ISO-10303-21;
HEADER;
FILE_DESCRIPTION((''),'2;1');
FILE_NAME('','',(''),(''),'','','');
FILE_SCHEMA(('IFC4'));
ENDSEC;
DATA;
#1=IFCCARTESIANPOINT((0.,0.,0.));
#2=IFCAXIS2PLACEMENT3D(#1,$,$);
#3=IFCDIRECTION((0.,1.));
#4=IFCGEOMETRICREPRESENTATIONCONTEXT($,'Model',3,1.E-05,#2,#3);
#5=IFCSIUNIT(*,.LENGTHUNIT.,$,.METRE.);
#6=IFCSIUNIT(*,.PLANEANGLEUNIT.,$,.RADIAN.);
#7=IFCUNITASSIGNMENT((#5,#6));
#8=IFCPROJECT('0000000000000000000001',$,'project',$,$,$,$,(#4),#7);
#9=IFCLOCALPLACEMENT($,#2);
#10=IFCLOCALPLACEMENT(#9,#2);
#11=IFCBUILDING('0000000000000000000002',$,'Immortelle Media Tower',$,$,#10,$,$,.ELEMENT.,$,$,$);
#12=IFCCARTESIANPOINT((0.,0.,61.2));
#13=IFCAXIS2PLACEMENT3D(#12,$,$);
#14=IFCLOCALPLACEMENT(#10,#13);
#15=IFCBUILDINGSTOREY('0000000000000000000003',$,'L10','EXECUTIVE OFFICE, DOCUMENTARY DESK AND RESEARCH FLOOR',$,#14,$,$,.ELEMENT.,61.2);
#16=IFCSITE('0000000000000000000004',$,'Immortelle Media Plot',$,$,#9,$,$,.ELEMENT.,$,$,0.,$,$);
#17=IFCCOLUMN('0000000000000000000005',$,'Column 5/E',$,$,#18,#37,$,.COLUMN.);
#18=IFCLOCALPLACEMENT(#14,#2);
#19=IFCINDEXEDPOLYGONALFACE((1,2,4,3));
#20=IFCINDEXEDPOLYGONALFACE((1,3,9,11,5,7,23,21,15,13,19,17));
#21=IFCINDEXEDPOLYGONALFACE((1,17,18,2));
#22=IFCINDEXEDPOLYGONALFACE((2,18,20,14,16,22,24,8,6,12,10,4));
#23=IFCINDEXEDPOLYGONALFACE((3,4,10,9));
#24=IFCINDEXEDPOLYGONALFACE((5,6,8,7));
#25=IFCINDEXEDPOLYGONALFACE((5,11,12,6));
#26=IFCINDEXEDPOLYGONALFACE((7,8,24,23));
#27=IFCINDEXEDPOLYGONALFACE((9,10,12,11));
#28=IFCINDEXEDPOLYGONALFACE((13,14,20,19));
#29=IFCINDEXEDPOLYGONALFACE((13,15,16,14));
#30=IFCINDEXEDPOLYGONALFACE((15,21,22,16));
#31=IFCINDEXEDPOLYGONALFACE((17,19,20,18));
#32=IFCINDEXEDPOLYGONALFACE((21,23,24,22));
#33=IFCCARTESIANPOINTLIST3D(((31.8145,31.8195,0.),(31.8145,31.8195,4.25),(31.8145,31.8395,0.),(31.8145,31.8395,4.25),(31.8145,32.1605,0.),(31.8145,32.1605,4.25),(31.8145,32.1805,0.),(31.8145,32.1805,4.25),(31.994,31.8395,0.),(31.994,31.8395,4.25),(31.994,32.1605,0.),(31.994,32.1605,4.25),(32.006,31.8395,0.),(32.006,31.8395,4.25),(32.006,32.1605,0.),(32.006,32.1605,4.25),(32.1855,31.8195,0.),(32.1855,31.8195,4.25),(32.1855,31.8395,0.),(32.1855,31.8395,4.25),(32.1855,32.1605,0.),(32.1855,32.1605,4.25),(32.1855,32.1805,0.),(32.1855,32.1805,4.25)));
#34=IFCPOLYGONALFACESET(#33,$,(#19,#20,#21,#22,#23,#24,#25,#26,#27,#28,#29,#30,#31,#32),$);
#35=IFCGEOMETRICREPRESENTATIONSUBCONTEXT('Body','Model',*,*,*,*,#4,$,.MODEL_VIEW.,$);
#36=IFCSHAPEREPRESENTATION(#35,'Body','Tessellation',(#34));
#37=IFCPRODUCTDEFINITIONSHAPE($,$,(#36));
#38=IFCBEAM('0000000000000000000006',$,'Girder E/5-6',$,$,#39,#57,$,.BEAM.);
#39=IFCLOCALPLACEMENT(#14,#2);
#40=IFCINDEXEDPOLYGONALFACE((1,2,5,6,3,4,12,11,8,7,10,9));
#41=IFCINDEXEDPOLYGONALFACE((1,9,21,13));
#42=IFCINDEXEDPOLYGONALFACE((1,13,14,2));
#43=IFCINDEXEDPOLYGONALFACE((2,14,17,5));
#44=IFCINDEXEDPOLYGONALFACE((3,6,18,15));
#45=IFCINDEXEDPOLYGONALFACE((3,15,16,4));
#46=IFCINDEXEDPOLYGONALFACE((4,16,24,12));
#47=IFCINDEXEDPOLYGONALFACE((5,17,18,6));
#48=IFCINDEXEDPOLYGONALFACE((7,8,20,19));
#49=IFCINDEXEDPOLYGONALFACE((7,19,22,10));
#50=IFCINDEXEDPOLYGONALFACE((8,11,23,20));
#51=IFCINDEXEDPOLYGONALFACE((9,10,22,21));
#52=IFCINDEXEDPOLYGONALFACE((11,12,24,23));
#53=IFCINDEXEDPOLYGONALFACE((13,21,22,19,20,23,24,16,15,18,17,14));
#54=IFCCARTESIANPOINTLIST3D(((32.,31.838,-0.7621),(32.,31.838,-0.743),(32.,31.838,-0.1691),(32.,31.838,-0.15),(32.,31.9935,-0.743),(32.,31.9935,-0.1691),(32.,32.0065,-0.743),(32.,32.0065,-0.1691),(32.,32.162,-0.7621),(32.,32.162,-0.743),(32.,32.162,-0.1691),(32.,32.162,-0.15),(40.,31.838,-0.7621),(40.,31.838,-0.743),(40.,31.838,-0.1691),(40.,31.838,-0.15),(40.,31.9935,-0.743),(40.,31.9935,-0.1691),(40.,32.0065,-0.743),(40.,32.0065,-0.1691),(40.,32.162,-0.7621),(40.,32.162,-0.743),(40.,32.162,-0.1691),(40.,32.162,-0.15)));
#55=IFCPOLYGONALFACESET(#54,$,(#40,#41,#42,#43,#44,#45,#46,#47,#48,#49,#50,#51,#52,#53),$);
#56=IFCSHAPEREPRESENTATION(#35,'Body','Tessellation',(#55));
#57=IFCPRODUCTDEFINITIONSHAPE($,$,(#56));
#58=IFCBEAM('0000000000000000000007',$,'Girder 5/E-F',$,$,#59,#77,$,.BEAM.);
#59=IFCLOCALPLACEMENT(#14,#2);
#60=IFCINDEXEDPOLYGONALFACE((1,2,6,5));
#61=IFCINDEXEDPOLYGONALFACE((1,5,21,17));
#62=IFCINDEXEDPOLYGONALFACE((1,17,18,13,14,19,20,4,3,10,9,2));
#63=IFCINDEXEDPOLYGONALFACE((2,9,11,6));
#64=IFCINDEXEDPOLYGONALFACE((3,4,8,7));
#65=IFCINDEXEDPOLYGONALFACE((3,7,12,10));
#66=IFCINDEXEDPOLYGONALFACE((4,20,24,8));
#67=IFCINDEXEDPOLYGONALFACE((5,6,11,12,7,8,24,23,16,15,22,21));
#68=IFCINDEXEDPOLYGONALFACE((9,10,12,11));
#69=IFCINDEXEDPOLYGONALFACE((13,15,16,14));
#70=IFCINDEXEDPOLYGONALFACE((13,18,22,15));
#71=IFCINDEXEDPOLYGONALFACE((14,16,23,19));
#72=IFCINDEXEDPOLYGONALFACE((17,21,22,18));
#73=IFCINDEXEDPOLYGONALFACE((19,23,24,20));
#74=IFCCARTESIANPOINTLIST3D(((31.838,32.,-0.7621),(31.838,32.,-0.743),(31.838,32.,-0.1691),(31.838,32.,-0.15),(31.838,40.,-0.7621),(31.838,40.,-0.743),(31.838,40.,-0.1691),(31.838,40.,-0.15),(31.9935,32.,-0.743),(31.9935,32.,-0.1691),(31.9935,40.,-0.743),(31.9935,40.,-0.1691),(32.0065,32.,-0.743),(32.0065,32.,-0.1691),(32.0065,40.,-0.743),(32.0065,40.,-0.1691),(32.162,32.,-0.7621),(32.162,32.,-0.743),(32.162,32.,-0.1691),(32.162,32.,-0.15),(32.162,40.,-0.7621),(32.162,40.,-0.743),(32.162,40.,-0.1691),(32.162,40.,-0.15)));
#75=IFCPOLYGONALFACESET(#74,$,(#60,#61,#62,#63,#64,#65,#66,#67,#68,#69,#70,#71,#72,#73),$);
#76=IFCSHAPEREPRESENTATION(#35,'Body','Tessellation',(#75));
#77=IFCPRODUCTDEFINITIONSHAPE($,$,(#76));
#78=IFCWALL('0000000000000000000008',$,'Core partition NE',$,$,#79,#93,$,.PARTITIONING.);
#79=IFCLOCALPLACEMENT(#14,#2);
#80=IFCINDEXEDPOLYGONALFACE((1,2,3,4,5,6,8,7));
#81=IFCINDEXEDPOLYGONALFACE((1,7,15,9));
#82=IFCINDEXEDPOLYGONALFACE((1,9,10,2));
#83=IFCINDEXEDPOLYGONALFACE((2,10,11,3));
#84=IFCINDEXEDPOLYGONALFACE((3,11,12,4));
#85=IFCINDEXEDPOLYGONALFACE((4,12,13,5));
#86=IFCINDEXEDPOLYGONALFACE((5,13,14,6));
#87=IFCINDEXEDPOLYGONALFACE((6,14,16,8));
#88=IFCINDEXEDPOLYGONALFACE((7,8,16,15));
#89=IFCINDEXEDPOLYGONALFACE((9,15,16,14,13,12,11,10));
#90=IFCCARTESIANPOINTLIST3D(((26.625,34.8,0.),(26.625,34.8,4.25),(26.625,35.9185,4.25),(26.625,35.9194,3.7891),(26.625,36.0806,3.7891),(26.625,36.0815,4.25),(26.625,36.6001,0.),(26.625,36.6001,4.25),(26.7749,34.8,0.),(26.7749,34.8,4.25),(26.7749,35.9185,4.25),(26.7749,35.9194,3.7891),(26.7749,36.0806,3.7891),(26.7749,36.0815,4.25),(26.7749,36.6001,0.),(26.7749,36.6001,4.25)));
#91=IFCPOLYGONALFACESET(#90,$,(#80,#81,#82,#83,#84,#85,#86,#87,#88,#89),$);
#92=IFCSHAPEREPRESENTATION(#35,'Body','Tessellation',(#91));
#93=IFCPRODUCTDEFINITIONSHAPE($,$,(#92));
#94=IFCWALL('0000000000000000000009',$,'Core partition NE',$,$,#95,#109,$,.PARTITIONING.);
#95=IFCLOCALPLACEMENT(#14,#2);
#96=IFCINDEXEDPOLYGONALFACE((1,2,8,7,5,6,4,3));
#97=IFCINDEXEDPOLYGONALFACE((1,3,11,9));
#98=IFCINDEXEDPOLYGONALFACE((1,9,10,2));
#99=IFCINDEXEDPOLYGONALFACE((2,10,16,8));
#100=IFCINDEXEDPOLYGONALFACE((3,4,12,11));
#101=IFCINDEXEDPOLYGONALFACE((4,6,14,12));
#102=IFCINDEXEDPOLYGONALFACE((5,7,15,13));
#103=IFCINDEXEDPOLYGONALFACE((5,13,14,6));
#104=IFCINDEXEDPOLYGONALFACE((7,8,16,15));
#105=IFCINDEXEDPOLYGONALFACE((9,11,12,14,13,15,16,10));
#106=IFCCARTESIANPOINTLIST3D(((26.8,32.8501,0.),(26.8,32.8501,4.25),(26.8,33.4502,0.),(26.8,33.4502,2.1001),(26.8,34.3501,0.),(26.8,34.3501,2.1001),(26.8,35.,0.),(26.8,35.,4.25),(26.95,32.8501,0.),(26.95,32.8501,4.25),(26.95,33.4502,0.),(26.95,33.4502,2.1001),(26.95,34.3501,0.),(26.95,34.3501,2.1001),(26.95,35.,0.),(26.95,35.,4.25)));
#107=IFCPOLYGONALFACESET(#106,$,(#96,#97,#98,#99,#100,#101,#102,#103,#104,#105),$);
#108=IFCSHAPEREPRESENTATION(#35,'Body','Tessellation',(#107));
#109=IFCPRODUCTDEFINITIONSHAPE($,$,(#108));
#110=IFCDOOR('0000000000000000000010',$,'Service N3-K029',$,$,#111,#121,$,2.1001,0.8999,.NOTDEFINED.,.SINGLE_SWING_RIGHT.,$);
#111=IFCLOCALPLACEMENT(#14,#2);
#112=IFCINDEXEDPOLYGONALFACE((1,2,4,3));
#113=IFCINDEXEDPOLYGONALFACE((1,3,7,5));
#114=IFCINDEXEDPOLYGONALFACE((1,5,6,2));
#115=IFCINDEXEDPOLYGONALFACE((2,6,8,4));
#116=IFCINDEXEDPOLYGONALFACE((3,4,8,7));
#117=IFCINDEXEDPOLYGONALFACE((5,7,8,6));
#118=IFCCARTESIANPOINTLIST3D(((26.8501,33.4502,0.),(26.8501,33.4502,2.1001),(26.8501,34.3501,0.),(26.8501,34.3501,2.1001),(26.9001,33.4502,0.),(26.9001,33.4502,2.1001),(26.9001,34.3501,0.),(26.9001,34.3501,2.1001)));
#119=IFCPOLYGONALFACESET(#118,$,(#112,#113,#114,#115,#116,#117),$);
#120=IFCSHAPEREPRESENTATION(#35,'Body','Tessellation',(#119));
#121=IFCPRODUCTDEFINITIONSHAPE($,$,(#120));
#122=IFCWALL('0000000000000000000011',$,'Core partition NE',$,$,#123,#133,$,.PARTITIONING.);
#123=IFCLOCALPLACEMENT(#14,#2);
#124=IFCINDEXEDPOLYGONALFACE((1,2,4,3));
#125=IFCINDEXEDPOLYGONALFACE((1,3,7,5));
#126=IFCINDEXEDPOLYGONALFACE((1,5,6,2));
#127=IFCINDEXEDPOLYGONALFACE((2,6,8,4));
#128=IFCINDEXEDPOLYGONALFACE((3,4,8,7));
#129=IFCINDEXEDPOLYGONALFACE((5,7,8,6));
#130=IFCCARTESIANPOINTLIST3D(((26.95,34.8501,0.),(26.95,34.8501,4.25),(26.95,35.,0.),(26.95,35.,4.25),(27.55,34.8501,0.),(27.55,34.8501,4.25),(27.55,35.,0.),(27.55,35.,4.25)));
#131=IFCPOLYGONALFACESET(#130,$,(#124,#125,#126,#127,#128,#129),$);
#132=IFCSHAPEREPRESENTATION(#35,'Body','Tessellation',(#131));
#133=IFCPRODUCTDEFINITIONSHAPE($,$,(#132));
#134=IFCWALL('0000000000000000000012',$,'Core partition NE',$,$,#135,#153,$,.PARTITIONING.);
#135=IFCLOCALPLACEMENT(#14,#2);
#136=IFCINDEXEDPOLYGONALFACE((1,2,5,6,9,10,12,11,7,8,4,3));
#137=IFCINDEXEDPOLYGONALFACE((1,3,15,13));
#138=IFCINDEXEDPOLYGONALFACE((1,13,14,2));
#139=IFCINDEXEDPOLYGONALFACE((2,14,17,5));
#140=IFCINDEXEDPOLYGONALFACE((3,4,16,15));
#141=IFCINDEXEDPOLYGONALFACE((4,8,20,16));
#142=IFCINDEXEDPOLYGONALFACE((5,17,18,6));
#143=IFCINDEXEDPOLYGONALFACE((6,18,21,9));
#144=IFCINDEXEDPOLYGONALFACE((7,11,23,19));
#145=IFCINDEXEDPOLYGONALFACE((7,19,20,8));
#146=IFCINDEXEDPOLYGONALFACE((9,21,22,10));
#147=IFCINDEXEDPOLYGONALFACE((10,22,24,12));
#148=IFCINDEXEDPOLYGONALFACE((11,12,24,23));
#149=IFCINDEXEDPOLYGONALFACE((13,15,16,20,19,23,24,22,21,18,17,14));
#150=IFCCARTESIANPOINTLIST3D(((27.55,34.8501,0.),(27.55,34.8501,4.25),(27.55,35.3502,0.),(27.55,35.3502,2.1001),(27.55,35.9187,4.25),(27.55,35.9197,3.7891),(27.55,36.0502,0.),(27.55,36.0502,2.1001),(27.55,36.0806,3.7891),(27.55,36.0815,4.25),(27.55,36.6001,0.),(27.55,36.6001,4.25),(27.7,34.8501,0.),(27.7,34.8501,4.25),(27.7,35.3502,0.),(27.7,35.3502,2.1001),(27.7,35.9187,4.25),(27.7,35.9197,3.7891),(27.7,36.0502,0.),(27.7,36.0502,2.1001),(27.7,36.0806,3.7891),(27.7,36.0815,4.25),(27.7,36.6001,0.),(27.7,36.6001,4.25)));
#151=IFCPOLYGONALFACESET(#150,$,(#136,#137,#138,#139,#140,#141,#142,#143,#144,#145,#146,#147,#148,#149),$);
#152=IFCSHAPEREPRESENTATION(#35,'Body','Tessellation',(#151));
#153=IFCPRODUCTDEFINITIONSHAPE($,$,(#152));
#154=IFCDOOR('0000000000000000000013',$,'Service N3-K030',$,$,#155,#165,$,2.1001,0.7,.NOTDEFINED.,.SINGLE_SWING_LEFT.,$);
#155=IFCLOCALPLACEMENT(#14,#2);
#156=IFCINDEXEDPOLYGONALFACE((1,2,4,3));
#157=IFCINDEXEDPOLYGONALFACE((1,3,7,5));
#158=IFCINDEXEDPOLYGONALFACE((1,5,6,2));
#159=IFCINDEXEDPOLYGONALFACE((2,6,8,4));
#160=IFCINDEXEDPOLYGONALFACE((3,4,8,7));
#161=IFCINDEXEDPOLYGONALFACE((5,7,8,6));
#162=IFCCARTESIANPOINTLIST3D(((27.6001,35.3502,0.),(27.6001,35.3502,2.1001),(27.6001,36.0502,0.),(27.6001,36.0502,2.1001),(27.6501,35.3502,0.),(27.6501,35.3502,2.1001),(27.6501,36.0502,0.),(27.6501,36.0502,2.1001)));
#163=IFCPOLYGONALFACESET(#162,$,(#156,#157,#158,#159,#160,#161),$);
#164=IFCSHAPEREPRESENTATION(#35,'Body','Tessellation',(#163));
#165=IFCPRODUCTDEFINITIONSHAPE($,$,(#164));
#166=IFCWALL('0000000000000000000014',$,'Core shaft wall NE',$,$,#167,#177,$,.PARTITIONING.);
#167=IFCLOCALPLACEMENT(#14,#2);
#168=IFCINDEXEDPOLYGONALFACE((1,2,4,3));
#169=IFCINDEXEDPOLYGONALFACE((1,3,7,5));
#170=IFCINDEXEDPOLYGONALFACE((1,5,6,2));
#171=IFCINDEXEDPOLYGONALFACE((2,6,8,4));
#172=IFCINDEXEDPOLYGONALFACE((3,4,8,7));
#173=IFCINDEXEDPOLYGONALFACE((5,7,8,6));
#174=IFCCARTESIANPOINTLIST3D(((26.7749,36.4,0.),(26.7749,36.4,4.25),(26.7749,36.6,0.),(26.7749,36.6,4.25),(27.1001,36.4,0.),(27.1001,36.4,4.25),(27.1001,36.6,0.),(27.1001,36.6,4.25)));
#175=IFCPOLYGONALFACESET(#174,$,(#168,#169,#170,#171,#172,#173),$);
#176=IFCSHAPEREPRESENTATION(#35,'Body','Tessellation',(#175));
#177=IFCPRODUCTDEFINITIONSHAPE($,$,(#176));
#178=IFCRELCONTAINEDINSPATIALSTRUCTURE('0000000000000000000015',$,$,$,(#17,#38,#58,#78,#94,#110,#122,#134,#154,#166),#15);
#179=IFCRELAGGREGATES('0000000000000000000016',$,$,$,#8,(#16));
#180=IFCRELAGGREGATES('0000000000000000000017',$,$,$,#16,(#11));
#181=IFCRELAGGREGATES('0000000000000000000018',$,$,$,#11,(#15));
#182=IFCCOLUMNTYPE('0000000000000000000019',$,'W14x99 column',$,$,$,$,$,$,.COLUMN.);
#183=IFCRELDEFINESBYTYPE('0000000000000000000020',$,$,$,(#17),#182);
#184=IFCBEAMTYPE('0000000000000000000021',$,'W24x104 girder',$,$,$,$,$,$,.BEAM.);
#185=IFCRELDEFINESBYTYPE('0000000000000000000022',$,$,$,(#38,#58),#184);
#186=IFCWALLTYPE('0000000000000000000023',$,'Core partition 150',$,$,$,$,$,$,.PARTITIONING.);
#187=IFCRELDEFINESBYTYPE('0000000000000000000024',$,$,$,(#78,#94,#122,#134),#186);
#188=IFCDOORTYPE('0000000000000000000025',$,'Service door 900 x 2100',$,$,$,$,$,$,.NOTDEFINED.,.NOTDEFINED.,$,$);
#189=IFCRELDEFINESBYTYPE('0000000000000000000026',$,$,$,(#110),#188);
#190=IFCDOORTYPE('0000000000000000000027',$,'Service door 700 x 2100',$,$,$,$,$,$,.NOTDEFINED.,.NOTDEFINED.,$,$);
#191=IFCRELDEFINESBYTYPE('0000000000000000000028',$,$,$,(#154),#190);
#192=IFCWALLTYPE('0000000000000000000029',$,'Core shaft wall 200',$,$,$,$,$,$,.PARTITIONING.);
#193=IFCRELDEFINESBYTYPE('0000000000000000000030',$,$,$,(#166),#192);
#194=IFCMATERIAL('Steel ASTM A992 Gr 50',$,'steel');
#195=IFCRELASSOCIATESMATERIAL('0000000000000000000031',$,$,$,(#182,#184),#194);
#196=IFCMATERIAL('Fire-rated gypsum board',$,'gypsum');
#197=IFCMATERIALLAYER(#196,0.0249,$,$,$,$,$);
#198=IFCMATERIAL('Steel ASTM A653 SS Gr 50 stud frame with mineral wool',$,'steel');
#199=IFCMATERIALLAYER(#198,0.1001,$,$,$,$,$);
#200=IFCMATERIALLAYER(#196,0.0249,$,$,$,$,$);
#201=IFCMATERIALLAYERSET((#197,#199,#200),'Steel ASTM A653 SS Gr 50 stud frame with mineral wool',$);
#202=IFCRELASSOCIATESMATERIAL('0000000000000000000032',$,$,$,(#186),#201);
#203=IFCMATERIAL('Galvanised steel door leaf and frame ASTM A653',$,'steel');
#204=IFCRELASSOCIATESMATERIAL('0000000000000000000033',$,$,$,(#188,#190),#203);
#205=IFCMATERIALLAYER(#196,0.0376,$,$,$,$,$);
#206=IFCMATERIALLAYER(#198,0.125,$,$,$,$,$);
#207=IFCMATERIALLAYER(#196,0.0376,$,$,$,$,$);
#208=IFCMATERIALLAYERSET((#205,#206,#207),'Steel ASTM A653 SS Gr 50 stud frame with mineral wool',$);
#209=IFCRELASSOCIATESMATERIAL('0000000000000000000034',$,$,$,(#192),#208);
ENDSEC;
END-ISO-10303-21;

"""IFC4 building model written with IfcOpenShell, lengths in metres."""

from ifc_helpers import new_model, si_unit, direction, frame, frame_2d, origin, origin_2d, place, context, subcontext, project, spatial, polyline, rectangle, i_section, outline, extrude, material, layer, layer_set, material_profile, profile_set, type_object, element, fill, save


model = new_model("IFC4")

# Units and contexts
model_context = context("Model", 3, precision=1e-05, world=origin(), true_north=direction((0.0, 1.0)))
body_context = subcontext(model_context, "Body", "Model", "MODEL_VIEW")
ifc_project = project(units=[si_unit("LENGTHUNIT", "METRE"), si_unit("PLANEANGLEUNIT", "RADIAN")], contexts=[model_context])

# Site, building, storey
site_placement = place(None, origin())
site = spatial("IfcSite", under=ifc_project, at=site_placement, Name="Immortelle Media Plot", CompositionType="ELEMENT", RefElevation=0.0)
building_placement = place(site_placement, origin())
building = spatial("IfcBuilding", under=site, at=building_placement, Name="Immortelle Media Tower", CompositionType="ELEMENT")
storey_placement = place(building_placement, frame((0.0, 0.0, 61.2)))
storey = spatial("IfcBuildingStorey", under=building, at=storey_placement, Name="L10", Description="EXECUTIVE OFFICE, DOCUMENTARY DESK AND RESEARCH FLOOR", CompositionType="ELEMENT", Elevation=61.2)

# Column
ifc_material_1 = material(Name="Steel ASTM A992 Gr 50", Category="steel")
ifc_material_profile_1 = material_profile(ifc_material_1, i_section(OverallWidth=0.3711, OverallDepth=0.3611, WebThickness=0.012, FlangeThickness=0.02, at=origin_2d()), Name="W14x99")
ifc_profile_set_1 = profile_set([ifc_material_profile_1], Name="Steel ASTM A992 Gr 50")
column_type = type_object("IfcColumnType", Name="W14x99 column", PredefinedType="COLUMN", material=ifc_profile_set_1)
column_placement = place(storey_placement, frame((32.0, 32.0, 0.0), z_axis=(0.0, 0.0, 1.0), x_axis=(1.0, 0.0, 0.0)))
element("IfcColumn", 1, at=column_placement, inside=storey, type_object=column_type, Name="Column 5/E", PredefinedType="COLUMN", context=body_context, shape_type="SweptSolid", body=[
    extrude(i_section(OverallWidth=0.3711, OverallDepth=0.3611, WebThickness=0.012, FlangeThickness=0.02, at=origin_2d()), origin(), (0.0, 0.0, 1.0), 4.25),
])

# Beams
ifc_material_profile_2 = material_profile(ifc_material_1, i_section(OverallWidth=0.324, OverallDepth=0.6121, WebThickness=0.0129, FlangeThickness=0.019, at=origin_2d()), Name="W24x104")
ifc_profile_set_2 = profile_set([ifc_material_profile_2], Name="Steel ASTM A992 Gr 50")
beam_type = type_object("IfcBeamType", Name="W24x104 girder", PredefinedType="BEAM", material=ifc_profile_set_2)
for number, where, z_axis, x_axis, name in (
    (2, (32.0, 32.0, -0.4561), (1.0, 0.0, 0.0), (0.0, 1.0, 0.0), "Girder E/5-6"),
    (3, (32.0, 32.0, -0.4561), (0.0, 1.0, 0.0), (-1.0, 0.0, 0.0), "Girder 5/E-F"),
):
    element("IfcBeam", number, at=place(storey_placement, frame(where, z_axis=z_axis, x_axis=x_axis)), inside=storey, type_object=beam_type, Name=name, PredefinedType="BEAM", context=body_context, shape_type="SweptSolid", body=[
        extrude(i_section(OverallWidth=0.324, OverallDepth=0.6121, WebThickness=0.0129, FlangeThickness=0.019, at=origin_2d()), origin(), (0.0, 0.0, 1.0), 8.0),
    ])

# Wall
ifc_material_2 = material(Name="Fire-rated gypsum board", Category="gypsum")
ifc_layer_1 = layer(ifc_material_2, 0.0249)
ifc_material_3 = material(Name="Steel ASTM A653 SS Gr 50 stud frame with mineral wool", Category="steel")
ifc_layer_2 = layer(ifc_material_3, 0.1001)
ifc_layer_3 = layer(ifc_material_2, 0.0249)
ifc_layer_set_1 = layer_set([ifc_layer_1, ifc_layer_2, ifc_layer_3], Name="Steel ASTM A653 SS Gr 50 stud frame with mineral wool")
wall_type_1 = type_object("IfcWallType", Name="Core partition 150", PredefinedType="PARTITIONING", material=ifc_layer_set_1)
wall_1_placement = place(storey_placement, frame((26.7, 34.8, 0.0), z_axis=(0.0, 0.0, 1.0), x_axis=(0.0, 1.0, 0.0)))
element("IfcWall", 4, at=wall_1_placement, inside=storey, type_object=wall_type_1, Name="Core partition NE", PredefinedType="PARTITIONING", context=body_context, shape_type="SweptSolid", body=[
    extrude(outline(polyline([(0.0, 0.0), (1.8, 0.0), (1.8, 4.25), (1.2815, 4.25), (1.2805, 3.7891), (1.1194, 3.7891), (1.1184, 4.25), (0.0, 4.25), (0.0, 0.0)])), frame((0.0, 0.075, 0.0), z_axis=(0.0, -1.0, 0.0), x_axis=(1.0, 0.0, 0.0)), (0.0, 0.0, 1.0), 0.1499),
])

# Wall, opening, door
wall_2_placement = place(storey_placement, frame((26.875, 32.8501, 0.0), z_axis=(0.0, 0.0, 1.0), x_axis=(0.0, 1.0, 0.0)))
wall_2 = element("IfcWall", 5, at=wall_2_placement, inside=storey, type_object=wall_type_1, Name="Core partition NE", PredefinedType="PARTITIONING", context=body_context, shape_type="SweptSolid", body=[
    extrude(rectangle(XDim=2.1499, YDim=0.1499, at=frame_2d((1.075, 0.0))), origin(), (0.0, 0.0, 1.0), 4.25),
])
opening_1_placement = place(wall_2_placement, frame((0.6001, 0.0, 0.0)))
opening_1 = element("IfcOpeningElement", 6, at=opening_1_placement, cuts=wall_2, PredefinedType="OPENING", context=body_context, shape_type="SweptSolid", body=[
    extrude(rectangle(XDim=0.8999, YDim=2.1001, at=frame_2d((0.45, 1.05))), frame((0.0, 0.085, 0.0), z_axis=(0.0, -1.0, 0.0), x_axis=(1.0, 0.0, 0.0)), (0.0, 0.0, 1.0), 0.1699),
])
ifc_material_4 = material(Name="Galvanised steel door leaf and frame ASTM A653", Category="steel")
door_type_1 = type_object("IfcDoorType", Name="Service door 900 x 2100", OperationType="NOTDEFINED", PredefinedType="NOTDEFINED", material=ifc_material_4)
door_1_placement = place(opening_1_placement, origin())
door_1 = element("IfcDoor", 7, at=door_1_placement, inside=storey, type_object=door_type_1, Name="Service N3-K029", OperationType="SINGLE_SWING_RIGHT", OverallHeight=2.1001, OverallWidth=0.8999, PredefinedType="NOTDEFINED", context=body_context, shape_type="SweptSolid", body=[
    extrude(rectangle(XDim=0.8999, YDim=2.1001, at=frame_2d((0.45, 1.05))), frame((0.0, 0.0249, 0.0), z_axis=(0.0, -1.0, 0.0), x_axis=(1.0, 0.0, 0.0)), (0.0, 0.0, 1.0), 0.05),
])
fill(opening_1, door_1)

# Wall
wall_3_placement = place(storey_placement, frame((26.95, 34.925, 0.0), z_axis=(0.0, 0.0, 1.0), x_axis=(1.0, 0.0, 0.0)))
element("IfcWall", 8, at=wall_3_placement, inside=storey, type_object=wall_type_1, Name="Core partition NE", PredefinedType="PARTITIONING", context=body_context, shape_type="SweptSolid", body=[
    extrude(rectangle(XDim=0.6001, YDim=0.1499, at=frame_2d((0.3, 0.0))), origin(), (0.0, 0.0, 1.0), 4.25),
])

# Wall, opening, door
wall_4_placement = place(storey_placement, frame((27.625, 34.8501, 0.0), z_axis=(0.0, 0.0, 1.0), x_axis=(0.0, 1.0, 0.0)))
wall_4 = element("IfcWall", 9, at=wall_4_placement, inside=storey, type_object=wall_type_1, Name="Core partition NE", PredefinedType="PARTITIONING", context=body_context, shape_type="SweptSolid", body=[
    extrude(outline(polyline([(0.0, 0.0), (1.75, 0.0), (1.75, 4.25), (1.2314, 4.25), (1.2305, 3.7891), (1.0696, 3.7891), (1.0686, 4.25), (0.0, 4.25), (0.0, 0.0)])), frame((0.0, 0.075, 0.0), z_axis=(0.0, -1.0, 0.0), x_axis=(1.0, 0.0, 0.0)), (0.0, 0.0, 1.0), 0.1499),
])
opening_2_placement = place(wall_4_placement, frame((0.5, 0.0, 0.0)))
opening_2 = element("IfcOpeningElement", 10, at=opening_2_placement, cuts=wall_4, PredefinedType="OPENING", context=body_context, shape_type="SweptSolid", body=[
    extrude(rectangle(XDim=0.7, YDim=2.1001, at=frame_2d((0.3501, 1.05))), frame((0.0, 0.085, 0.0), z_axis=(0.0, -1.0, 0.0), x_axis=(1.0, 0.0, 0.0)), (0.0, 0.0, 1.0), 0.1699),
])
door_type_2 = type_object("IfcDoorType", Name="Service door 700 x 2100", OperationType="NOTDEFINED", PredefinedType="NOTDEFINED", material=ifc_material_4)
door_2_placement = place(opening_2_placement, origin())
door_2 = element("IfcDoor", 11, at=door_2_placement, inside=storey, type_object=door_type_2, Name="Service N3-K030", OperationType="SINGLE_SWING_LEFT", OverallHeight=2.1001, OverallWidth=0.7, PredefinedType="NOTDEFINED", context=body_context, shape_type="SweptSolid", body=[
    extrude(rectangle(XDim=0.7, YDim=2.1001, at=frame_2d((0.3501, 1.05))), frame((0.0, 0.0249, 0.0), z_axis=(0.0, -1.0, 0.0), x_axis=(1.0, 0.0, 0.0)), (0.0, 0.0, 1.0), 0.05),
])
fill(opening_2, door_2)

# Wall
ifc_layer_4 = layer(ifc_material_2, 0.0376)
ifc_layer_5 = layer(ifc_material_3, 0.125)
ifc_layer_6 = layer(ifc_material_2, 0.0376)
ifc_layer_set_2 = layer_set([ifc_layer_4, ifc_layer_5, ifc_layer_6], Name="Steel ASTM A653 SS Gr 50 stud frame with mineral wool")
wall_type_2 = type_object("IfcWallType", Name="Core shaft wall 200", PredefinedType="PARTITIONING", material=ifc_layer_set_2)
wall_5_placement = place(storey_placement, frame((26.7749, 36.5, 0.0), z_axis=(0.0, 0.0, 1.0), x_axis=(1.0, 0.0, 0.0)))
element("IfcWall", 12, at=wall_5_placement, inside=storey, type_object=wall_type_2, Name="Core shaft wall NE", PredefinedType="PARTITIONING", context=body_context, shape_type="SweptSolid", body=[
    extrude(rectangle(XDim=0.3252, YDim=0.2, at=frame_2d((0.1626, 0.0))), origin(), (0.0, 0.0, 1.0), 4.25),
])

save(model, "model.ifc")
